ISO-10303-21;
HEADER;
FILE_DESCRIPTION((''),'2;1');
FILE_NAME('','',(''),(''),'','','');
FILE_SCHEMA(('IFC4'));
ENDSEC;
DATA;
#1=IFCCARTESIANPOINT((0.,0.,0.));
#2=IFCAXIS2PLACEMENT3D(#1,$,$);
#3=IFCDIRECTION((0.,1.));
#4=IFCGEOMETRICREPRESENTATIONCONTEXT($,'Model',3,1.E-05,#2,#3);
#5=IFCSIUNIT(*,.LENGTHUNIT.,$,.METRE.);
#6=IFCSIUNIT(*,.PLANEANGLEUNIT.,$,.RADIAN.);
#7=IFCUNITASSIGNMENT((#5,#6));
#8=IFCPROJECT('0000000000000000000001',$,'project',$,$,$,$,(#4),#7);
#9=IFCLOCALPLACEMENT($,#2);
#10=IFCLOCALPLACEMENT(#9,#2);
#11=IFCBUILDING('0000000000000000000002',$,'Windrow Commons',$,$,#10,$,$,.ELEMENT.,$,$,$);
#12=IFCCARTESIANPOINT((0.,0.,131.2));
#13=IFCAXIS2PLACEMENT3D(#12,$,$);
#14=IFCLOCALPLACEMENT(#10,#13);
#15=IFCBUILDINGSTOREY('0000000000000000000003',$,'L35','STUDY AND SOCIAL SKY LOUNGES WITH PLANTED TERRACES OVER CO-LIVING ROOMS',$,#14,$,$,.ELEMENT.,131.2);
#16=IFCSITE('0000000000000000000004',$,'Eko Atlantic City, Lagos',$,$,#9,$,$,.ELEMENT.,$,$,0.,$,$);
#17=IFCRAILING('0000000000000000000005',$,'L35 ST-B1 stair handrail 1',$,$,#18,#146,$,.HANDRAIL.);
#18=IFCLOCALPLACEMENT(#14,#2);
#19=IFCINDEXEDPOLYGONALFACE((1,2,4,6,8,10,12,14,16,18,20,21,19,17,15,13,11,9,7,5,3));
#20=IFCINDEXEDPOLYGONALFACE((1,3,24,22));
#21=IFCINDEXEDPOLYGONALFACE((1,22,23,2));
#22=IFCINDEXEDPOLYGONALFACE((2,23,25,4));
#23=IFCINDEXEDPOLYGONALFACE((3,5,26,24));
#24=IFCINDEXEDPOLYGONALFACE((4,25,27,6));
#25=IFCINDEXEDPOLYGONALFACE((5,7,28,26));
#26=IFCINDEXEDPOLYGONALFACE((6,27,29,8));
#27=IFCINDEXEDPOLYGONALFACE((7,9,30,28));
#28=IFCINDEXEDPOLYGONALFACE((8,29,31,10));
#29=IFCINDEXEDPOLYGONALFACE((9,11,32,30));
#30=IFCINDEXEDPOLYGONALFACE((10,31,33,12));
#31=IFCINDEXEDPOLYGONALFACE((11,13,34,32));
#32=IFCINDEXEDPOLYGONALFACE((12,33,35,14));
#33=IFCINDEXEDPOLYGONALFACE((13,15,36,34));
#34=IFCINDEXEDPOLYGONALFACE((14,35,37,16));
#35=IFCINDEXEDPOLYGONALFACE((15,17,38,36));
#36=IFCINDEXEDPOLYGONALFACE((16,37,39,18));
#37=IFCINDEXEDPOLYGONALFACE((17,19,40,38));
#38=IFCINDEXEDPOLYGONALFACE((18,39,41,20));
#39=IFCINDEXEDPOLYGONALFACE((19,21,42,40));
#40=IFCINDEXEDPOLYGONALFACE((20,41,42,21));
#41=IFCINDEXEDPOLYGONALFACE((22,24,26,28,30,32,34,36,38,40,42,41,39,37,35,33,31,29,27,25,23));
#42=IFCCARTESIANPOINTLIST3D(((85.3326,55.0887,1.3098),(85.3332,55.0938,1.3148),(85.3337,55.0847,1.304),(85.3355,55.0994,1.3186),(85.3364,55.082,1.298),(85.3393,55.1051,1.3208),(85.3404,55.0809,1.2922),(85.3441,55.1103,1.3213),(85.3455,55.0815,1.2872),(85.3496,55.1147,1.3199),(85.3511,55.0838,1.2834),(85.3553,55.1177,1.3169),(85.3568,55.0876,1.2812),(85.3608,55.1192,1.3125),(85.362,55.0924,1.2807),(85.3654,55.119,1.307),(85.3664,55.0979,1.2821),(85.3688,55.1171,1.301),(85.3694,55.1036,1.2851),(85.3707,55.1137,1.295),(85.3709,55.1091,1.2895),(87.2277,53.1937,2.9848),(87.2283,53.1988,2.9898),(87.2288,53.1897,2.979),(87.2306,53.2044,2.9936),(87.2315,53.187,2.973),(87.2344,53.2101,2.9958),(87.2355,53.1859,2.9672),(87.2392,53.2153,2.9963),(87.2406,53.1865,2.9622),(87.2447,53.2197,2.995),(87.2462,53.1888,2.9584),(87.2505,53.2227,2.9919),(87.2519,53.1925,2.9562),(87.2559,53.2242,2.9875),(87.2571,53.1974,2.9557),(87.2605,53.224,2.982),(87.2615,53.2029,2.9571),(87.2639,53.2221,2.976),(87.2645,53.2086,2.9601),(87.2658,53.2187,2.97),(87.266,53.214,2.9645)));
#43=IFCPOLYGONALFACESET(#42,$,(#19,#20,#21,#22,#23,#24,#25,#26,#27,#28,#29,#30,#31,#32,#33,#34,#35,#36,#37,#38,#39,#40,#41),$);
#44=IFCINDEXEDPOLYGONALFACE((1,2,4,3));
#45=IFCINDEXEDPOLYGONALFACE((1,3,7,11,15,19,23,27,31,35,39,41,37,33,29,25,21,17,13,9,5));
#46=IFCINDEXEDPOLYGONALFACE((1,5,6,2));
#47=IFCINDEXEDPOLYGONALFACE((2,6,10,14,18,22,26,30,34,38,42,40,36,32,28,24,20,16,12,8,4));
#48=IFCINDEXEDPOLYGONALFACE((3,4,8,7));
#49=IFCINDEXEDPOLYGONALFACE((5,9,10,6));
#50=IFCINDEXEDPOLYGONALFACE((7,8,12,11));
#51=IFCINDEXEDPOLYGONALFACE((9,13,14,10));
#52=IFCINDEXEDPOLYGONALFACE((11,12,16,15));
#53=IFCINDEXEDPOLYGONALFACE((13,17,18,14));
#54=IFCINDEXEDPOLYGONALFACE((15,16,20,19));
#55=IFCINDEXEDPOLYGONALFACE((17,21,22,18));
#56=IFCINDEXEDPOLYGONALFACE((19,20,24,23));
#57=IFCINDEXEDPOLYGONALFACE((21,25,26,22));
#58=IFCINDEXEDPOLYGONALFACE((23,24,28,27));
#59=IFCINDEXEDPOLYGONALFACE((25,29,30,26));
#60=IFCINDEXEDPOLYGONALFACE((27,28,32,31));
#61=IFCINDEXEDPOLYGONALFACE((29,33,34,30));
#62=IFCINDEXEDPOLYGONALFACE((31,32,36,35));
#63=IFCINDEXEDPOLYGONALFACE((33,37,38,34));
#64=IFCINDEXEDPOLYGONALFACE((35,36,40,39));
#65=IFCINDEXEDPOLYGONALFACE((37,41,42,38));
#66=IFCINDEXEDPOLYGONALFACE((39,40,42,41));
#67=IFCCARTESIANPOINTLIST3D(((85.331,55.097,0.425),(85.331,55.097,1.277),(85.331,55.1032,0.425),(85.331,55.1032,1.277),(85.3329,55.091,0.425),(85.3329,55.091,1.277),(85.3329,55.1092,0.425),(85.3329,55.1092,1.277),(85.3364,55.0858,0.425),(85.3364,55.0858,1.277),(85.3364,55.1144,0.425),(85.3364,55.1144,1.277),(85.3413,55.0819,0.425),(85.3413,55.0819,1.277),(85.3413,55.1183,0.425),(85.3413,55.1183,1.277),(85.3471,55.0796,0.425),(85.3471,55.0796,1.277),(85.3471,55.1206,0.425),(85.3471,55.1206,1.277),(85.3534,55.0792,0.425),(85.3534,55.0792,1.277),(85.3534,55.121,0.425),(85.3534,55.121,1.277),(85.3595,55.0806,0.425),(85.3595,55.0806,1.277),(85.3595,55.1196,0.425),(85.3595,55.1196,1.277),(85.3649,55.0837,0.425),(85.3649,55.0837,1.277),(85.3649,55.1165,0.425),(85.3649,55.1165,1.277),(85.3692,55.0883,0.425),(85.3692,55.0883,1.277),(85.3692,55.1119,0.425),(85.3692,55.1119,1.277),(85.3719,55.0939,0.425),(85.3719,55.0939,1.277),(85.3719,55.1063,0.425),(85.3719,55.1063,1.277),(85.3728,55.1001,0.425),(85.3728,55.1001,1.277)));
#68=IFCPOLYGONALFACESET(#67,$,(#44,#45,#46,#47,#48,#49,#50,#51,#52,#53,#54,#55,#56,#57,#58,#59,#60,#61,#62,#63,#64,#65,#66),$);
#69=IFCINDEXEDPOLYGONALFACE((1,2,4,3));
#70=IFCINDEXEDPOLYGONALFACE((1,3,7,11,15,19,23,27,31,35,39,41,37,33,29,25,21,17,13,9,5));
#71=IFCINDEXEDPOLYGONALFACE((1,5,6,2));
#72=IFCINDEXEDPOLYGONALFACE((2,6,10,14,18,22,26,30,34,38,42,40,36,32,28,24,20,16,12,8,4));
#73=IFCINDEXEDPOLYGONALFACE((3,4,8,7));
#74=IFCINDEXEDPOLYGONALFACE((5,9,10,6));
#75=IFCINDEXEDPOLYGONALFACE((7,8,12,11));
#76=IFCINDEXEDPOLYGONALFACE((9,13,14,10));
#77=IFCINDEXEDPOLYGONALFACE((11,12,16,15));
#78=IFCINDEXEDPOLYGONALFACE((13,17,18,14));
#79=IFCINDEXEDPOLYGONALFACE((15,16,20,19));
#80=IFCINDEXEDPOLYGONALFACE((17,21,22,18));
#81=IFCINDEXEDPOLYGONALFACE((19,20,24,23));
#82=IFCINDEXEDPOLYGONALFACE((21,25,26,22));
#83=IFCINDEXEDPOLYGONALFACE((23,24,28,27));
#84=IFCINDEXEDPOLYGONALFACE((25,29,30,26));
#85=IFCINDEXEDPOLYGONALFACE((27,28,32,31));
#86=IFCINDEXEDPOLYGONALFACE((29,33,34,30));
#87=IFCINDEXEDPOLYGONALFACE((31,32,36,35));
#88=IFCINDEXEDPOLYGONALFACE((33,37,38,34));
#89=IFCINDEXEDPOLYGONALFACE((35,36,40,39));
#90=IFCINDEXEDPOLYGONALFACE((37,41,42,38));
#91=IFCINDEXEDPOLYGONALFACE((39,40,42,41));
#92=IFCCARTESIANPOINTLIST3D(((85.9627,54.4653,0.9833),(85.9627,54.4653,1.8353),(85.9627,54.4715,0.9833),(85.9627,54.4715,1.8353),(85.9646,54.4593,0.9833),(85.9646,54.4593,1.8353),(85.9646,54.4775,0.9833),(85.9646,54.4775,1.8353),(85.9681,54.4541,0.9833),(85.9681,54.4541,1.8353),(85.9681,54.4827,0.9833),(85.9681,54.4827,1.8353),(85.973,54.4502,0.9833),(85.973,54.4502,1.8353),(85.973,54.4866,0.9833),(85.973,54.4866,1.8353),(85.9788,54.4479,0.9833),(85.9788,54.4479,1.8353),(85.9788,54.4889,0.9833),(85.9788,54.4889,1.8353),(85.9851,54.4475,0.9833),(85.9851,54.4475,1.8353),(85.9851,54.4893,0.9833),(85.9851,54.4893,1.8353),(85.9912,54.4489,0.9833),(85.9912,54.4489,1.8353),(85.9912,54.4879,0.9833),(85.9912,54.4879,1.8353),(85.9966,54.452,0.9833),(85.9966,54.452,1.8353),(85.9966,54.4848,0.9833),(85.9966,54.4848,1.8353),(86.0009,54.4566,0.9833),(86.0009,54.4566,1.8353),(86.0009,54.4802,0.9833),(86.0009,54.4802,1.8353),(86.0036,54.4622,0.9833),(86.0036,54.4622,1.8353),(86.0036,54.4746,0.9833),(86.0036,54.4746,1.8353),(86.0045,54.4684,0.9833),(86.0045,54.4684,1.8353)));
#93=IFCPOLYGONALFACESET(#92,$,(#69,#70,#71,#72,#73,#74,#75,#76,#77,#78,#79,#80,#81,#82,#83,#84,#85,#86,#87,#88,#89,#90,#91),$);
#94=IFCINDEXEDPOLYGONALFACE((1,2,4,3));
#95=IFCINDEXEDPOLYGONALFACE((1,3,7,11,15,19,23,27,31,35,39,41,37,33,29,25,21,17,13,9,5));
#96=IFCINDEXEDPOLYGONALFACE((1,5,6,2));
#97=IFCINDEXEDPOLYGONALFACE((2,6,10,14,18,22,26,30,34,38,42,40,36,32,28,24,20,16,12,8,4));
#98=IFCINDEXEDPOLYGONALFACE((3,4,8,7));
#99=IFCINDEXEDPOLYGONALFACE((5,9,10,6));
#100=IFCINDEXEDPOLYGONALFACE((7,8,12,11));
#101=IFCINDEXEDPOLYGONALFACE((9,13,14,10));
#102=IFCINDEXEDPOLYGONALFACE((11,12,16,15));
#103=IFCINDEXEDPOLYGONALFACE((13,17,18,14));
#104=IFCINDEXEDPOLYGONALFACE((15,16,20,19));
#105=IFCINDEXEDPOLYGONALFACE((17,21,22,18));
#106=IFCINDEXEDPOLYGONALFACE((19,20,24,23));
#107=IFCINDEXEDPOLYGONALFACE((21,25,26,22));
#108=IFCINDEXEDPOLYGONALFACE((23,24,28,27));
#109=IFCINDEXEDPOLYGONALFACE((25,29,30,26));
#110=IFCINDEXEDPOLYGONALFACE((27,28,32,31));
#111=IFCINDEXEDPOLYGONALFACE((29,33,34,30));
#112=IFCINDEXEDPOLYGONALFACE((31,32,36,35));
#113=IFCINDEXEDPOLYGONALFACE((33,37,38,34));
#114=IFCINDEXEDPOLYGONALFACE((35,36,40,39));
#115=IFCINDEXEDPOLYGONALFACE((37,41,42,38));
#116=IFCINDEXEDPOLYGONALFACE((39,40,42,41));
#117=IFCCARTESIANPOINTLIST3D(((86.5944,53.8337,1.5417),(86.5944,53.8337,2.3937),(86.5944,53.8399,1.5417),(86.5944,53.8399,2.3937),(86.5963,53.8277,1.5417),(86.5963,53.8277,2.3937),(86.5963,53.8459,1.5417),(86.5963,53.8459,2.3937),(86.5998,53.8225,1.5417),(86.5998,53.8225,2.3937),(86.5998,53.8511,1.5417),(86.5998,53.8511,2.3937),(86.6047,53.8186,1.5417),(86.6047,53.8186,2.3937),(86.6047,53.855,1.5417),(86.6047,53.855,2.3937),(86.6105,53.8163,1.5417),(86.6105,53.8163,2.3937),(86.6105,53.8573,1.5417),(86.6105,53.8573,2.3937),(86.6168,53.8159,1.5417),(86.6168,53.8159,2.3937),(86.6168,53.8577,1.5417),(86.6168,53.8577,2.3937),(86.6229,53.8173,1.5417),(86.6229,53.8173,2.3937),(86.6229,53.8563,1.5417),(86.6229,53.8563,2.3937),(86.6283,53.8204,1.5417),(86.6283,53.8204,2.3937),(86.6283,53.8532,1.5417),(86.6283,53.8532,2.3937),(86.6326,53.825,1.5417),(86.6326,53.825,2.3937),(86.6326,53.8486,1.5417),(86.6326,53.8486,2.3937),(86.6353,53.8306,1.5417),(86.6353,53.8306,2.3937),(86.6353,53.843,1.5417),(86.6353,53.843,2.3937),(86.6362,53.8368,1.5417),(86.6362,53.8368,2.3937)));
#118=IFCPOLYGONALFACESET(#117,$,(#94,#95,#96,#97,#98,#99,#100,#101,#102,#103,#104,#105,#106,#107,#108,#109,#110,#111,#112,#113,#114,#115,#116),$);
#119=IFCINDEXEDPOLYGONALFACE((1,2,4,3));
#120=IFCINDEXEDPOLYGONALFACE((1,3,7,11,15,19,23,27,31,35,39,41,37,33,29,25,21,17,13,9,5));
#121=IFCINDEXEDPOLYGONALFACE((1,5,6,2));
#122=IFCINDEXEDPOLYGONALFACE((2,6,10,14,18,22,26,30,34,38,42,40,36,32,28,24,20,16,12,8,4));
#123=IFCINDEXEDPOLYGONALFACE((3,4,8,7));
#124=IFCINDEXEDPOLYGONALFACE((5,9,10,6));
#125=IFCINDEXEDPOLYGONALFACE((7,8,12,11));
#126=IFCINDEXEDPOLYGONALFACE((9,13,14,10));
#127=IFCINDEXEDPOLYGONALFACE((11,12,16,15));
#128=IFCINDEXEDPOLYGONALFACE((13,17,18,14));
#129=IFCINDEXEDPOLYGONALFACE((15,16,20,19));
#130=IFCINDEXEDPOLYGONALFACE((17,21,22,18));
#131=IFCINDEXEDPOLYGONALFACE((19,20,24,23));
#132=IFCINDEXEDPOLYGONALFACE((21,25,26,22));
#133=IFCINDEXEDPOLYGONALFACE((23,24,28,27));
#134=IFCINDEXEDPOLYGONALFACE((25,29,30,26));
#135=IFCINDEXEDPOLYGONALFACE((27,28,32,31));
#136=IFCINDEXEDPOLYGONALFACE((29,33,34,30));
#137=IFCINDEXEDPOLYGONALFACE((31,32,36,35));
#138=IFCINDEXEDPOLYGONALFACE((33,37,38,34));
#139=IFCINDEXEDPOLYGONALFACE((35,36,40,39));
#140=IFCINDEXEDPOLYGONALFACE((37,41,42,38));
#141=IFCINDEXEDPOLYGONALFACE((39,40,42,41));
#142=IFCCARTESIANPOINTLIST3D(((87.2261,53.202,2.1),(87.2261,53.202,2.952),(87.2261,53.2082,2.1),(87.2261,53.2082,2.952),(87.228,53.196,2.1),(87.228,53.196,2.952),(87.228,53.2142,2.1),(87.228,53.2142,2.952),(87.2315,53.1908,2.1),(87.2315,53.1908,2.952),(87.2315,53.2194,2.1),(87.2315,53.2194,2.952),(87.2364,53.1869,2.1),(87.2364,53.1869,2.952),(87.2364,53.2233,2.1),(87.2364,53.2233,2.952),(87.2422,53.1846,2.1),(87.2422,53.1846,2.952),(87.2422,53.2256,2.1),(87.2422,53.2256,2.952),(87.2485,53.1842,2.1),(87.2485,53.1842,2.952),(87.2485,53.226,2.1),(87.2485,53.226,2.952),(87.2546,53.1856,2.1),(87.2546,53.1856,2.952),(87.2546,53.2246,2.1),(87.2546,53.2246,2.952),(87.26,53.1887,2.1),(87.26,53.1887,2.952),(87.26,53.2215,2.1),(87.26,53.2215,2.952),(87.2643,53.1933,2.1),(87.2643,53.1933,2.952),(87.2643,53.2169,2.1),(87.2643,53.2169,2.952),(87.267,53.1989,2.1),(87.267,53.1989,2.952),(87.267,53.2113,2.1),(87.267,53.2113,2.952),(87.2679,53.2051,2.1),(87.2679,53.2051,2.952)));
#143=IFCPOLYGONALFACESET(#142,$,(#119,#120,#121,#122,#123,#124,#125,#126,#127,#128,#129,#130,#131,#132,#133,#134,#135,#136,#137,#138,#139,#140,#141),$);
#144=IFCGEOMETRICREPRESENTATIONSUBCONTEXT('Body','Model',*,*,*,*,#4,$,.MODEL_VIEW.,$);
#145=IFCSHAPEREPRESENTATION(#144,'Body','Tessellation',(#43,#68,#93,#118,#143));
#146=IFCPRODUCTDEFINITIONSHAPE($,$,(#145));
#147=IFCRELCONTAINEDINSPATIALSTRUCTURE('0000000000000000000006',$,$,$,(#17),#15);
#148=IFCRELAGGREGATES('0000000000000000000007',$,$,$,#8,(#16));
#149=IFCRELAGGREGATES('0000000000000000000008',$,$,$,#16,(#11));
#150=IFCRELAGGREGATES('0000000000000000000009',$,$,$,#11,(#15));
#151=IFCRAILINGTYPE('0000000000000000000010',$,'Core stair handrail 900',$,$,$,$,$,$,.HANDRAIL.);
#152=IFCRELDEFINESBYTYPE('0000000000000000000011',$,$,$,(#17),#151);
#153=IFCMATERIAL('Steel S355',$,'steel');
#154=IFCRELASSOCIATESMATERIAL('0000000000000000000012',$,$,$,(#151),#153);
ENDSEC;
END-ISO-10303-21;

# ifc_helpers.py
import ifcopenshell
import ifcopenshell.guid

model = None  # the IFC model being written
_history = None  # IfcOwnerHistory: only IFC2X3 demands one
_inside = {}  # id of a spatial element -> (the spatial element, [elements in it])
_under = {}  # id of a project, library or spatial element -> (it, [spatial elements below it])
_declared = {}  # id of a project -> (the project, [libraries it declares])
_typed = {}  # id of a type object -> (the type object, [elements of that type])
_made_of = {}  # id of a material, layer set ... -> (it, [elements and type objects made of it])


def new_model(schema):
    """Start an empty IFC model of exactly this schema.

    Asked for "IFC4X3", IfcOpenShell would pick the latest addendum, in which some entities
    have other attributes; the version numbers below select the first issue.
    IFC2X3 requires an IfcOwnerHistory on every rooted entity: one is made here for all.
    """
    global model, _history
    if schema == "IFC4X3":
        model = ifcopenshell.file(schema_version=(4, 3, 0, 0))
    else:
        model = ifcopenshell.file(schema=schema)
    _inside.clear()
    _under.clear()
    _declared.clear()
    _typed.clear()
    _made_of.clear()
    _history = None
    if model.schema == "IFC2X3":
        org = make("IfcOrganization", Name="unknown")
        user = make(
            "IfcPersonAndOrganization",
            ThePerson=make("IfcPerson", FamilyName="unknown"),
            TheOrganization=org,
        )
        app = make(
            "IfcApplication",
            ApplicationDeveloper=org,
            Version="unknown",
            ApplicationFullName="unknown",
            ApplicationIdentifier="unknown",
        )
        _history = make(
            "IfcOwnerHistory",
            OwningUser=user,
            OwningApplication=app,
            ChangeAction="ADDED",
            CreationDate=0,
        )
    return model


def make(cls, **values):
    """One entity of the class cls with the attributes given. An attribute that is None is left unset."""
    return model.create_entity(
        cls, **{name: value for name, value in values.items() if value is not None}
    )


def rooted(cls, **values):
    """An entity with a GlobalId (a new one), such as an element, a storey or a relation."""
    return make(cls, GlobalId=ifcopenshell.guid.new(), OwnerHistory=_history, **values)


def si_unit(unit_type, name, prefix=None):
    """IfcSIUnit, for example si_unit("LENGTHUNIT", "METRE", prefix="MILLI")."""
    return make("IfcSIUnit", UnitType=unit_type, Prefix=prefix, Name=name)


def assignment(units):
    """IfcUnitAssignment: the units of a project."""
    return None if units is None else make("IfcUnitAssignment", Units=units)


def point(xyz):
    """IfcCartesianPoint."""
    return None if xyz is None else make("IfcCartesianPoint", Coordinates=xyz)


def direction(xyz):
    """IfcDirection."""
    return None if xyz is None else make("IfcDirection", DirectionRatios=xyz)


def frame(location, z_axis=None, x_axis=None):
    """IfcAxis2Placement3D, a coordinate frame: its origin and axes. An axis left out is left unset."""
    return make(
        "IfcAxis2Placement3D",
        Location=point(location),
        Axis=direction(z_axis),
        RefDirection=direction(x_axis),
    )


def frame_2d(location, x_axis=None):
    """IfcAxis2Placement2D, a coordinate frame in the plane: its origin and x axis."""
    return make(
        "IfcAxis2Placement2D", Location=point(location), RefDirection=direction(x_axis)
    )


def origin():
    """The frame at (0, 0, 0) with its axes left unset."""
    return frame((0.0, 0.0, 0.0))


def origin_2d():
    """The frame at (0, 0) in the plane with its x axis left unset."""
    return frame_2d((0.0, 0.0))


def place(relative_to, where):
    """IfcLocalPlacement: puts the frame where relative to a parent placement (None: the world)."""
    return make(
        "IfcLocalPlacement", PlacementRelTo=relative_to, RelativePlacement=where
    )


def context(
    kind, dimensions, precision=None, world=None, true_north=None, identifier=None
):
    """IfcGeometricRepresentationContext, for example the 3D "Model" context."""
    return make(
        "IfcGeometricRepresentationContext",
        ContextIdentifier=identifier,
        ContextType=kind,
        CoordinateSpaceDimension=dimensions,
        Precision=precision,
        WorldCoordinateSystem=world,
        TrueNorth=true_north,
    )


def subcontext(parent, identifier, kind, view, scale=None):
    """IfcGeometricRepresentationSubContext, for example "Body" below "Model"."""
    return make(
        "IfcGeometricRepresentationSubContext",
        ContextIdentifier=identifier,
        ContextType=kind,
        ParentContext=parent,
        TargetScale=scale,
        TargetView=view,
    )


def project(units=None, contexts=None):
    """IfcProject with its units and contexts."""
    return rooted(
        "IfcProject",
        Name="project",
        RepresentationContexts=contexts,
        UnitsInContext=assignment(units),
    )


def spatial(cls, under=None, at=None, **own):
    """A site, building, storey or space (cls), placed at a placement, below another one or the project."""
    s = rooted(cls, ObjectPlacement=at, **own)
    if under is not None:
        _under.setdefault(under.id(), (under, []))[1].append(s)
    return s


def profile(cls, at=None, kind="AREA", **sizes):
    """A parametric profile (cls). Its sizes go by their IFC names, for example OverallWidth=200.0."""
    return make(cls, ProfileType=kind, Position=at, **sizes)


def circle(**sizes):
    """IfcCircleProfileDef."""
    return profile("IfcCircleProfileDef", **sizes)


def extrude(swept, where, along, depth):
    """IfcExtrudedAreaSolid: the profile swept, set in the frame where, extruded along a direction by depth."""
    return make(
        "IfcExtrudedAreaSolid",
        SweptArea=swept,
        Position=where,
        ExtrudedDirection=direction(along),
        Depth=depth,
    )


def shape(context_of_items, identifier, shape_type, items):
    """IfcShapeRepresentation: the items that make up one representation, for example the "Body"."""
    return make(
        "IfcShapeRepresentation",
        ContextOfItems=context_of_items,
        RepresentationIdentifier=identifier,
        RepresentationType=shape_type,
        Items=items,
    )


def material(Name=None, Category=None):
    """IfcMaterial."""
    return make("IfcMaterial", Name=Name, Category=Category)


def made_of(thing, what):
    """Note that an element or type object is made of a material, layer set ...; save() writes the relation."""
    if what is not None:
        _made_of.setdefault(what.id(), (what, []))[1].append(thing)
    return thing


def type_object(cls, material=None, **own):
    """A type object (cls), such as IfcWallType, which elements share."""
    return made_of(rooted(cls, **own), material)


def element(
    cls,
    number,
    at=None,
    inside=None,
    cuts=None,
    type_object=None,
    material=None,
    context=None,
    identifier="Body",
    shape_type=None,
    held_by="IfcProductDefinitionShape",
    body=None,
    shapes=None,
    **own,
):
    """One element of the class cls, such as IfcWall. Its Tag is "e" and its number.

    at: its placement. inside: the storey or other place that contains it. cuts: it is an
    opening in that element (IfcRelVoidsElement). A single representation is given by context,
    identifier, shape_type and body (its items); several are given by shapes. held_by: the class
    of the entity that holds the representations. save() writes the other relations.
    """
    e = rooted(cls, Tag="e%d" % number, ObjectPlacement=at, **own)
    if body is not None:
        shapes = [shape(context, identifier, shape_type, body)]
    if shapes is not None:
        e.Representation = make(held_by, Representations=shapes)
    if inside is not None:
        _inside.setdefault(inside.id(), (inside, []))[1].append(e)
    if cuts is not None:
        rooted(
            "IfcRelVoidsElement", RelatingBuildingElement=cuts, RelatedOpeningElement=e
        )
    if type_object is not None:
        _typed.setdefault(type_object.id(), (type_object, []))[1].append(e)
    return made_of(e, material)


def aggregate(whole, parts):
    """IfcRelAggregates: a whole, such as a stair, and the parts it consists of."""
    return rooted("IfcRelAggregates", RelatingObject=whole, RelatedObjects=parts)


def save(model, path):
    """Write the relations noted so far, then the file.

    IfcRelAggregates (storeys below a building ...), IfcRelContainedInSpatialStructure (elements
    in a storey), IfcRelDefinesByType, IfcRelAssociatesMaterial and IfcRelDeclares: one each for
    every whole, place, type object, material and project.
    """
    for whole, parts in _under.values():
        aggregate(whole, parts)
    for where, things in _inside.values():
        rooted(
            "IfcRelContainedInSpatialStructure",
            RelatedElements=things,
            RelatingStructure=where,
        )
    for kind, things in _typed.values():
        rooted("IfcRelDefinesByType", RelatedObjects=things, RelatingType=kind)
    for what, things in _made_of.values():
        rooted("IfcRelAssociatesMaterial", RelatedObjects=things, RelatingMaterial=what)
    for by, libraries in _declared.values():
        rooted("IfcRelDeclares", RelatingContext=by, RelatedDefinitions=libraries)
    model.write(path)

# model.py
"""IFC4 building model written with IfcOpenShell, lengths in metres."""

from ifc_helpers import new_model, si_unit, direction, frame, origin, origin_2d, place, context, subcontext, project, spatial, circle, extrude, material, type_object, element, save


model = new_model("IFC4")

# Units and contexts
model_context = context("Model", 3, precision=1e-05, world=origin(), true_north=direction((0.0, 1.0)))
body_context = subcontext(model_context, "Body", "Model", "MODEL_VIEW")
ifc_project = project(units=[si_unit("LENGTHUNIT", "METRE"), si_unit("PLANEANGLEUNIT", "RADIAN")], contexts=[model_context])

# Site, building, storey
site_placement = place(None, origin())
site = spatial("IfcSite", under=ifc_project, at=site_placement, Name="Eko Atlantic City, Lagos", CompositionType="ELEMENT", RefElevation=0.0)
building_placement = place(site_placement, origin())
building = spatial("IfcBuilding", under=site, at=building_placement, Name="Windrow Commons", CompositionType="ELEMENT")
storey_placement = place(building_placement, frame((0.0, 0.0, 131.2)))
storey = spatial("IfcBuildingStorey", under=building, at=storey_placement, Name="L35", Description="STUDY AND SOCIAL SKY LOUNGES WITH PLANTED TERRACES OVER CO-LIVING ROOMS", CompositionType="ELEMENT", Elevation=131.2)

# Railing
ifc_material_1 = material(Name="Steel S355", Category="steel")
railing_type_1 = type_object("IfcRailingType", Name="Core stair handrail 900", PredefinedType="HANDRAIL", material=ifc_material_1)
railing_1_placement = place(storey_placement, frame((85.3518, 55.1001, 0.425)))
element("IfcRailing", 1, at=railing_1_placement, inside=storey, type_object=railing_type_1, Name="L35 ST-B1 stair handrail 1", PredefinedType="HANDRAIL", context=body_context, shape_type="SweptSolid", body=[
    extrude(circle(Radius=0.024, at=origin_2d()), frame((0.0, 0.0, 0.876), z_axis=(0.599642, -0.59961, 0.529998), x_axis=(0.707088, 0.707125, 0.0)), (0.0, 0.0, 1.0), 3.1604),
    extrude(circle(Radius=0.021, at=origin_2d()), origin(), (0.0, 0.0, 1.0), 0.852),
    extrude(circle(Radius=0.021, at=origin_2d()), frame((0.6317, -0.6317, 0.5583)), (0.0, 0.0, 1.0), 0.852),
    extrude(circle(Radius=0.021, at=origin_2d()), frame((1.2634, -1.2633, 1.1167)), (0.0, 0.0, 1.0), 0.852),
    extrude(circle(Radius=0.021, at=origin_2d()), frame((1.8951, -1.895, 1.675)), (0.0, 0.0, 1.0), 0.852),
])

save(model, "model.ifc")
